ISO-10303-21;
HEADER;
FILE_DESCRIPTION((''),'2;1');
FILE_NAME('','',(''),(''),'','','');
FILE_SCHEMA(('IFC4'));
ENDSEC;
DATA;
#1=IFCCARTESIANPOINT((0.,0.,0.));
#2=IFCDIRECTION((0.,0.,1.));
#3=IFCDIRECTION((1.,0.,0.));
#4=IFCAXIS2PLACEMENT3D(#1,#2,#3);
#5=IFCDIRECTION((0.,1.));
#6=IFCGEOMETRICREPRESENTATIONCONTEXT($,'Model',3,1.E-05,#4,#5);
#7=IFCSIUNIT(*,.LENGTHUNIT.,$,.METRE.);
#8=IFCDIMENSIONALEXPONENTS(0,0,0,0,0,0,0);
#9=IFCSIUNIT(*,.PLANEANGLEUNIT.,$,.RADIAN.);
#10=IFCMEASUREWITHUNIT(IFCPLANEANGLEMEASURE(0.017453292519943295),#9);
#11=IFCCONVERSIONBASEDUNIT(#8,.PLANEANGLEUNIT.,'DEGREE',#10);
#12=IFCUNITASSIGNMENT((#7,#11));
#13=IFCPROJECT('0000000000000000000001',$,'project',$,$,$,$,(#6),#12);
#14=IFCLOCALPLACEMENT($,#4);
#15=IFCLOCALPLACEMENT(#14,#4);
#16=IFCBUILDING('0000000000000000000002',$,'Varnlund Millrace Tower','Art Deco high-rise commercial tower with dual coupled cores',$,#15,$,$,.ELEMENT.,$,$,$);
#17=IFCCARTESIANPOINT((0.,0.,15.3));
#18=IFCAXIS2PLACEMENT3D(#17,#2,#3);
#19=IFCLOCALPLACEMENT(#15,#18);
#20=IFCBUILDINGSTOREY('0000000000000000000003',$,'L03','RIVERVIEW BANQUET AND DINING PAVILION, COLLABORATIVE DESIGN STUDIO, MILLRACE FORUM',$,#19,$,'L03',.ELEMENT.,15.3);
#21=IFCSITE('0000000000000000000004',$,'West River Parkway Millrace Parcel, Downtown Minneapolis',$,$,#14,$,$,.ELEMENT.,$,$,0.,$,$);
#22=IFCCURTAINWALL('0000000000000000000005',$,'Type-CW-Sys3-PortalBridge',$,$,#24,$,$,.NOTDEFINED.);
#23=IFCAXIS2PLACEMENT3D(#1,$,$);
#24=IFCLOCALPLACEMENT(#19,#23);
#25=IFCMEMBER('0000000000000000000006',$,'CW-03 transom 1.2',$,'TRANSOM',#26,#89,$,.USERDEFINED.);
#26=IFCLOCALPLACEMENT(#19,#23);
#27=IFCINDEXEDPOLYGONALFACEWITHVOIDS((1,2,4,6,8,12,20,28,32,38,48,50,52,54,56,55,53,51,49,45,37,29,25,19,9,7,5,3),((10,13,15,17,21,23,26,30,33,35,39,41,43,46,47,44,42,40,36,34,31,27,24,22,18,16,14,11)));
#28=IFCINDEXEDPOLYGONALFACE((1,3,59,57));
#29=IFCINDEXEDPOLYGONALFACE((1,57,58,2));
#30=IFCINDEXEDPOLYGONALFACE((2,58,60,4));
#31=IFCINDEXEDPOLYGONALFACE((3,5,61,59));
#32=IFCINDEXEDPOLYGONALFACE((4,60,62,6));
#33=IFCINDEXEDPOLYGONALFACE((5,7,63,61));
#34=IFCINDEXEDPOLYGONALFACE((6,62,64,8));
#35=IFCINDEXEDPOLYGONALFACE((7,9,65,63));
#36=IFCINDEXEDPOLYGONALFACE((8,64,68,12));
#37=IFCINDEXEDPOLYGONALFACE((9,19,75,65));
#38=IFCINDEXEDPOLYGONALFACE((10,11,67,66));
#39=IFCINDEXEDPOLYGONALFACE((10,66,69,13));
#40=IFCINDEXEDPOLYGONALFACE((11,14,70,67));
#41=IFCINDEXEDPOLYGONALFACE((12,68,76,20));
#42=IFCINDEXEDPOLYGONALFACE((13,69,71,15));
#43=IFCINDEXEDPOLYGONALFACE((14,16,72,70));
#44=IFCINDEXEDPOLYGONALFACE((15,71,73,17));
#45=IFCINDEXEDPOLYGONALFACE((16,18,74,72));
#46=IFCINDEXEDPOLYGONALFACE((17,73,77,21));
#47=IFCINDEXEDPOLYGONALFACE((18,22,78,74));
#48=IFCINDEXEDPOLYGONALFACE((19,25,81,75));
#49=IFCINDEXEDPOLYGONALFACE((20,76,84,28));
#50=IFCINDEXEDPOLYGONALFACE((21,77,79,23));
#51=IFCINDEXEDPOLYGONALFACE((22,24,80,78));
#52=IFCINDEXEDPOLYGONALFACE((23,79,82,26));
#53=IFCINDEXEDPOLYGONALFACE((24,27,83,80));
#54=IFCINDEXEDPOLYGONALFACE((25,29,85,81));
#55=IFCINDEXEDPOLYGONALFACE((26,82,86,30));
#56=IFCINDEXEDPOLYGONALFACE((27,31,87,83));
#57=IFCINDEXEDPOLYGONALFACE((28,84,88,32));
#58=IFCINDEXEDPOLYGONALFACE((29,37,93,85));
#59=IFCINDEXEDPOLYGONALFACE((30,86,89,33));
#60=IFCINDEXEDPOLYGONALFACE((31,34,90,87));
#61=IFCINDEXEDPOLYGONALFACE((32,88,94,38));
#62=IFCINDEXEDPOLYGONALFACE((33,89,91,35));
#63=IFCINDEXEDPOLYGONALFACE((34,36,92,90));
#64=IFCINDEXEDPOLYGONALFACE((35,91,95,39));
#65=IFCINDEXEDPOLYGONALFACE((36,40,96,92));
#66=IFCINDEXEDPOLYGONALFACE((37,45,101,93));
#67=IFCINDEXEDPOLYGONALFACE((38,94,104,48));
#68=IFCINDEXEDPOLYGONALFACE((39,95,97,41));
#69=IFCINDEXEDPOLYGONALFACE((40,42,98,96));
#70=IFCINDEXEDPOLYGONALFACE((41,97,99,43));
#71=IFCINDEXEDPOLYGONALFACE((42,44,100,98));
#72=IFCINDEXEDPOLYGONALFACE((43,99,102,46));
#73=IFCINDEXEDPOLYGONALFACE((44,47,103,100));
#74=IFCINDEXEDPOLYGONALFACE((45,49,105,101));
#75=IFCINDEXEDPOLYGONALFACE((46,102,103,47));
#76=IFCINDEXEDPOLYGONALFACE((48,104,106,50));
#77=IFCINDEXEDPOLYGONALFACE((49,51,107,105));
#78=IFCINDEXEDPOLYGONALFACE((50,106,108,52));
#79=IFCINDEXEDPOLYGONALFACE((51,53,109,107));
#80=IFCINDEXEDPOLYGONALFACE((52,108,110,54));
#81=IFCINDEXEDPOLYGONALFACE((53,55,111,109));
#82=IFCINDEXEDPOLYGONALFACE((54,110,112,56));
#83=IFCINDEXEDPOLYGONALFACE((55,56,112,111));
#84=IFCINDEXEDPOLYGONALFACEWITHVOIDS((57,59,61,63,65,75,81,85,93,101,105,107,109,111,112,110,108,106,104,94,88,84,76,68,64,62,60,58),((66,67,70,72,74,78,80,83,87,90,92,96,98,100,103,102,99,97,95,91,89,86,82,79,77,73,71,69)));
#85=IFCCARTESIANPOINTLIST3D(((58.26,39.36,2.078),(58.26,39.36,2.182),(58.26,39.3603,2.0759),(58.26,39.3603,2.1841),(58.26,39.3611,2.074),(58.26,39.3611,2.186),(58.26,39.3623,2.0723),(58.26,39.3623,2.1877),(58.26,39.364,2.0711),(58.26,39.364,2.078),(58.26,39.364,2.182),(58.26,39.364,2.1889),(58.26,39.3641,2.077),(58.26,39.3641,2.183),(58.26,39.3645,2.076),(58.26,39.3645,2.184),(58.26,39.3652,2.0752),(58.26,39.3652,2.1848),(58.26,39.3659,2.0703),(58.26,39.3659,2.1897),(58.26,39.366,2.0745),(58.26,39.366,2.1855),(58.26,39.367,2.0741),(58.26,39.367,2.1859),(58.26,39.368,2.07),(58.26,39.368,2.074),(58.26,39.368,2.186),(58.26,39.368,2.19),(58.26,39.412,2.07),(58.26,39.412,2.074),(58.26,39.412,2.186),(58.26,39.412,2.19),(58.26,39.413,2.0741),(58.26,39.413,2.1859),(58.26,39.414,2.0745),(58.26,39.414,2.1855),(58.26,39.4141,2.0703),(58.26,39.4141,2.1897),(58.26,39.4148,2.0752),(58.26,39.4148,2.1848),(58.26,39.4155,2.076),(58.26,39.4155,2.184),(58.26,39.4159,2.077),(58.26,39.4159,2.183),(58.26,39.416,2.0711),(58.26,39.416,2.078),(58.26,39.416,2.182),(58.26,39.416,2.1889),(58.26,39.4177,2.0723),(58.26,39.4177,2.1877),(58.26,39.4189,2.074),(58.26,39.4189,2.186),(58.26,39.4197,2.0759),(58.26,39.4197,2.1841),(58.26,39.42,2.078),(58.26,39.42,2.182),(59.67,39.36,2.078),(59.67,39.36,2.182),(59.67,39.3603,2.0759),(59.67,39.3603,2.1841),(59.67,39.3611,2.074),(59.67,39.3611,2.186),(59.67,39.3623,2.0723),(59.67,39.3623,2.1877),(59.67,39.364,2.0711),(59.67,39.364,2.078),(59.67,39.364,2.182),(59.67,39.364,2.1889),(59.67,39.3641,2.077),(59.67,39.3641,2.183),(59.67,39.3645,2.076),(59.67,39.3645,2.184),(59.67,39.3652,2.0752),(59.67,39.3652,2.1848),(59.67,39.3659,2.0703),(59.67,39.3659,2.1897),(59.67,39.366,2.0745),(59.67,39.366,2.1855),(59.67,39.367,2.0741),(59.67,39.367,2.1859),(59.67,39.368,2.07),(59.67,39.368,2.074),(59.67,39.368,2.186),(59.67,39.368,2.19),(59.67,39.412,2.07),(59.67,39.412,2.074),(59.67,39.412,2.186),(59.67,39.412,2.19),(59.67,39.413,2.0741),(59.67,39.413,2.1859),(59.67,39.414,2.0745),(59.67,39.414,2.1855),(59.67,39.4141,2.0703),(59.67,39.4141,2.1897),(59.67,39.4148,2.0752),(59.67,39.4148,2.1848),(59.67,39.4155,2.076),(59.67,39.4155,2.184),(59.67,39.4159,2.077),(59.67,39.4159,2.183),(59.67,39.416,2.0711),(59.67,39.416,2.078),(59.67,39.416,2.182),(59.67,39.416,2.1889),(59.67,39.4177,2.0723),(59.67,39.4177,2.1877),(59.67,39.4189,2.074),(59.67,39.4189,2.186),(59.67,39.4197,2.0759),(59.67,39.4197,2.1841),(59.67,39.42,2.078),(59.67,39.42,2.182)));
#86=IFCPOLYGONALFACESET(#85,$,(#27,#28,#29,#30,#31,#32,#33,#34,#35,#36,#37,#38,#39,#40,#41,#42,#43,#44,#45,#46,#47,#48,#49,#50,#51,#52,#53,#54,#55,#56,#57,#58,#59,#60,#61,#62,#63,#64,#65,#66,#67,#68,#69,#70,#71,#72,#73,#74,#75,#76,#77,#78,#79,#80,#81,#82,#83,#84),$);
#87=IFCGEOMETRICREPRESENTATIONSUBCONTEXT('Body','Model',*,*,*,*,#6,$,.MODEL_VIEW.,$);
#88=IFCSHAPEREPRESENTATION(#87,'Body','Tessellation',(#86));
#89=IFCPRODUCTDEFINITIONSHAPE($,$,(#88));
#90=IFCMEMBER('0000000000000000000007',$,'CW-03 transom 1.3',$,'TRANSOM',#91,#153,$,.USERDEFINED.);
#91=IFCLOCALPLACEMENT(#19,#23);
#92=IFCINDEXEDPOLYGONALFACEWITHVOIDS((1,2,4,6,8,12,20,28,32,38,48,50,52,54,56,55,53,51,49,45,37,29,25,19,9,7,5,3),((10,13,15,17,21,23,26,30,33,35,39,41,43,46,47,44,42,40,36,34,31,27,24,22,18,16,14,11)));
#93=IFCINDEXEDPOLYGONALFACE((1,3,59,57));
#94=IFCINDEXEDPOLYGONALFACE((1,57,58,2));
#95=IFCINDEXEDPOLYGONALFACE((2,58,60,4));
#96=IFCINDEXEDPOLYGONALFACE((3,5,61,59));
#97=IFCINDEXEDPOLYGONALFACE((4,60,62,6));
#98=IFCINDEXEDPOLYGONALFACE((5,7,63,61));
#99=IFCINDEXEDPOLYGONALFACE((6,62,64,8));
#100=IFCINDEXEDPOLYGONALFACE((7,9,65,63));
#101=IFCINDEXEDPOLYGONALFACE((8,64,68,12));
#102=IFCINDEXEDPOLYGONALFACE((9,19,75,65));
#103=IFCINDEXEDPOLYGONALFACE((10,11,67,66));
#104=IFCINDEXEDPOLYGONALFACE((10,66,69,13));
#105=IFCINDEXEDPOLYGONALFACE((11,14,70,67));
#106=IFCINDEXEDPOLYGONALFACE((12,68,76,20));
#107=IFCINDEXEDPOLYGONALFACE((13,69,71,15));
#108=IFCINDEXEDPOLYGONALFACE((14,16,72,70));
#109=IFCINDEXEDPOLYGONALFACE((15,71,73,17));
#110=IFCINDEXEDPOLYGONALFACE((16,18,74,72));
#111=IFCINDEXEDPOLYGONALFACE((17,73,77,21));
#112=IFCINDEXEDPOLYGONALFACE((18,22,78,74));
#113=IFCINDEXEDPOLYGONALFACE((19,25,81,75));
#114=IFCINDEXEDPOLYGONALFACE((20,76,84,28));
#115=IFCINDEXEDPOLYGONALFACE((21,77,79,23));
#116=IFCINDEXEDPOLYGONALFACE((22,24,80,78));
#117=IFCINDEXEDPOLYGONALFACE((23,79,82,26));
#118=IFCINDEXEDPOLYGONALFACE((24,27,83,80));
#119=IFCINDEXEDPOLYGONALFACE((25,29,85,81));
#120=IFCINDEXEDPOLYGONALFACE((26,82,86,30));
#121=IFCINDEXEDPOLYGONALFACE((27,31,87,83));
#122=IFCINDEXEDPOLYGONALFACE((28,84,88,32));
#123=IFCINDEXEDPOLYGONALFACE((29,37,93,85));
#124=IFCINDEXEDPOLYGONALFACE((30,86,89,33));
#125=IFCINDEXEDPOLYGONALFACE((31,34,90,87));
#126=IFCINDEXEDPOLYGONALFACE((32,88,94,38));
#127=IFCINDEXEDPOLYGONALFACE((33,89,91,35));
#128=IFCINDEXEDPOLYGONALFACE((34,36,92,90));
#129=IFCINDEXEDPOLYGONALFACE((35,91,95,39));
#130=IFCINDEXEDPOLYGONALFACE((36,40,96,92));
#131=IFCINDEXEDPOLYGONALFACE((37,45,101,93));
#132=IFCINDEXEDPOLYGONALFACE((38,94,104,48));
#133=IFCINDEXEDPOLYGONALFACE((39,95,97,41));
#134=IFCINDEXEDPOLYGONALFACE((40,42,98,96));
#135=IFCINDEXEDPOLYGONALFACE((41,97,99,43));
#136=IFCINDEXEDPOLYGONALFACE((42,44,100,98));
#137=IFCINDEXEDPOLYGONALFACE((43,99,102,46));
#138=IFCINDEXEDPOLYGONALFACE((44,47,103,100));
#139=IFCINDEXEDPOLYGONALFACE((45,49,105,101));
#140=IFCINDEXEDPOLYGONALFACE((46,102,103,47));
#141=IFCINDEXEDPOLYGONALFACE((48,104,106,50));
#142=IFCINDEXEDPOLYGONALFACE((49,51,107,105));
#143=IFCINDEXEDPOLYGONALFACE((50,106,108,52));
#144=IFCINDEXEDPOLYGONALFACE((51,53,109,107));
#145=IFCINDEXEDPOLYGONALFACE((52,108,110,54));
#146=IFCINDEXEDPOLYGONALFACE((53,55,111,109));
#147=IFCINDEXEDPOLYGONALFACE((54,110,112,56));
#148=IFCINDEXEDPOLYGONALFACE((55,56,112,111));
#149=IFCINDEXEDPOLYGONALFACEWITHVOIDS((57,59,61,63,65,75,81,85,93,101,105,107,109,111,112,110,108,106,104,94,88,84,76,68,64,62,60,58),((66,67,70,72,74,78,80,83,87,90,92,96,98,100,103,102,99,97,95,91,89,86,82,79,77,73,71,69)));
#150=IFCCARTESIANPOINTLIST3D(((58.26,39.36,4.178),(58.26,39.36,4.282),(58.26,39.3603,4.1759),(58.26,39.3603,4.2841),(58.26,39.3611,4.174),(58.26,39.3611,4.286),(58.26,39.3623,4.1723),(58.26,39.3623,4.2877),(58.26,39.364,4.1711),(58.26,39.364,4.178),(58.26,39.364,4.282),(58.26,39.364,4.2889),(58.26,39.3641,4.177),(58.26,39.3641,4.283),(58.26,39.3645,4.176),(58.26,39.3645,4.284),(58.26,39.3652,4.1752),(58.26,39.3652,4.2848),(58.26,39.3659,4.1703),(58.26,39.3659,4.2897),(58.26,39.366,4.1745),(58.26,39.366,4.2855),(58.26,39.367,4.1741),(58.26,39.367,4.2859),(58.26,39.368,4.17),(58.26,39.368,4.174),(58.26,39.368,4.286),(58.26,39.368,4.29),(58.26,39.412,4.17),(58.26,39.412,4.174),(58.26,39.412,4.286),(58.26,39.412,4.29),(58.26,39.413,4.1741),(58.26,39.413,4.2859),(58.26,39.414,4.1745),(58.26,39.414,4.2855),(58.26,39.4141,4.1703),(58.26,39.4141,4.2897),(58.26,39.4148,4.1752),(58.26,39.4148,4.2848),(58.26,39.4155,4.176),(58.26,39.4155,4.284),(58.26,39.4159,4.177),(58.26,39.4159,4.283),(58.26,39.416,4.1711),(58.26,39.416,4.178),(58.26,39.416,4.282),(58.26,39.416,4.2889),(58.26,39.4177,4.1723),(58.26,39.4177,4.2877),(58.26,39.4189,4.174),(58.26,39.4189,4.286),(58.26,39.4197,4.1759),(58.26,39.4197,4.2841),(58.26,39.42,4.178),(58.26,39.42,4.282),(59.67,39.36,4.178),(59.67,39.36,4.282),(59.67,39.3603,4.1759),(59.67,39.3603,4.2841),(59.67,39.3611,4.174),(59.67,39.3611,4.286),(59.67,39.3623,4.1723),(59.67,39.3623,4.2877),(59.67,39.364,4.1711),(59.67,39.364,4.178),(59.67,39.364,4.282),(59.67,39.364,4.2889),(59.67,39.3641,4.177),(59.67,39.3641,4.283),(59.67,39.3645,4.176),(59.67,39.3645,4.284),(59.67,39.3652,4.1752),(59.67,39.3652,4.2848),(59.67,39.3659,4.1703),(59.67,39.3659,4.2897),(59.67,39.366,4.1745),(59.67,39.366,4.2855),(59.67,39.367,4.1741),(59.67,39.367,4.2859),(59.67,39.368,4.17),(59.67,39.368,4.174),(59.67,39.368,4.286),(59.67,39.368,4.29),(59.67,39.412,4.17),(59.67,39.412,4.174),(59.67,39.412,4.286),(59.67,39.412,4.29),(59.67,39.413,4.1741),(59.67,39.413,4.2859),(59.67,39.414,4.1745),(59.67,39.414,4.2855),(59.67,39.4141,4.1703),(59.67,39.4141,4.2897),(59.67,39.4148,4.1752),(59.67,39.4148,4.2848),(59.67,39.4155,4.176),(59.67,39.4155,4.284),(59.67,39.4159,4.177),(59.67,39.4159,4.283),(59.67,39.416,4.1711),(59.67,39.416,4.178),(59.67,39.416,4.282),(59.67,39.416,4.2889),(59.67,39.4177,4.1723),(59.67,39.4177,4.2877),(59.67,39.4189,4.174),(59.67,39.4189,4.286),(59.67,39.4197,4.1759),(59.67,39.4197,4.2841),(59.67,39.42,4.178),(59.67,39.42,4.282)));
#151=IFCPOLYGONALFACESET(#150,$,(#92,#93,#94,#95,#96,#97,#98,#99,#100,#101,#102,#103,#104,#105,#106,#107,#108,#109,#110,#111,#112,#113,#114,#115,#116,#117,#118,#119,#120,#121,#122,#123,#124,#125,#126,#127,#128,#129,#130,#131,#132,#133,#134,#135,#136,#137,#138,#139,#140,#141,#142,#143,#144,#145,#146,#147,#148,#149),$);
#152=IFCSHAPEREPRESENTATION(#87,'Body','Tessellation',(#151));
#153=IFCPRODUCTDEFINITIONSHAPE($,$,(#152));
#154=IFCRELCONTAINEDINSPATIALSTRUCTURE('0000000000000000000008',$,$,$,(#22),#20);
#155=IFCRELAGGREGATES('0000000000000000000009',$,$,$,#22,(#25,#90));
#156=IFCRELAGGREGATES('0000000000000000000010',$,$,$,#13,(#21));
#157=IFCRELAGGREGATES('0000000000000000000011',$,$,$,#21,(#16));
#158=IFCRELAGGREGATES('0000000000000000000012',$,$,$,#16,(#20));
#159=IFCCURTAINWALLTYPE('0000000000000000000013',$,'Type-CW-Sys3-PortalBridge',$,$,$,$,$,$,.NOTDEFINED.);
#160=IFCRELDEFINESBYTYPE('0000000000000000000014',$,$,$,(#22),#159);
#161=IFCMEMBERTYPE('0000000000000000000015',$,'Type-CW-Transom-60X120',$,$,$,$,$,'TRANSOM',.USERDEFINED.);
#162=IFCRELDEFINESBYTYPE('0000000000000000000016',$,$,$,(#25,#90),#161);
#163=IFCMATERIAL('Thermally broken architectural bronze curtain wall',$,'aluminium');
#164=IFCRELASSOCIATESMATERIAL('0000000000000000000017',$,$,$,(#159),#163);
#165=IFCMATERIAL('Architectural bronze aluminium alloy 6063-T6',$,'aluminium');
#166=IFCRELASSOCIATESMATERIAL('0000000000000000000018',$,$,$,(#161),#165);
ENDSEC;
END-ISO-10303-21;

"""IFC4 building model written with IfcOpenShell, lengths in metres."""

from ifc_helpers import new_model, entity, si_unit, converted_unit, direction, frame, origin_with_axes, origin_2d_with_axis, place, context, subcontext, project, spatial, hollow_rectangle, extrude, material, material_profile, profile_set, type_object, element, aggregate, save


model = new_model("IFC4")

# Units and contexts
model_context = context("Model", 3, precision=1e-05, world=origin_with_axes(), true_north=direction((0.0, 1.0)))
body_context = subcontext(model_context, "Body", "Model", "MODEL_VIEW")
ifc_project = project(units=[si_unit("LENGTHUNIT", "METRE"), converted_unit("PLANEANGLEUNIT", "DEGREE", entity("IfcPlaneAngleMeasure", 0.017453292519943295), si_unit("PLANEANGLEUNIT", "RADIAN"), dimensions=[0, 0, 0, 0, 0, 0, 0])], contexts=[model_context])

# Site, building, storey
site_placement = place(None, origin_with_axes())
site = spatial("IfcSite", under=ifc_project, at=site_placement, Name="West River Parkway Millrace Parcel, Downtown Minneapolis", CompositionType="ELEMENT", RefElevation=0.0)
building_placement = place(site_placement, origin_with_axes())
building = spatial("IfcBuilding", under=site, at=building_placement, Name="Varnlund Millrace Tower", Description="Art Deco high-rise commercial tower with dual coupled cores", CompositionType="ELEMENT")
storey_placement = place(building_placement, frame((0.0, 0.0, 15.3), z_axis=(0.0, 0.0, 1.0), x_axis=(1.0, 0.0, 0.0)))
storey = spatial("IfcBuildingStorey", under=building, at=storey_placement, Name="L03", Description="RIVERVIEW BANQUET AND DINING PAVILION, COLLABORATIVE DESIGN STUDIO, MILLRACE FORUM", LongName="L03", CompositionType="ELEMENT", Elevation=15.3)

# Curtain wall, members
ifc_material_1 = material(Name="Thermally broken architectural bronze curtain wall", Category="aluminium")
curtain_wall_type = type_object("IfcCurtainWallType", Name="Type-CW-Sys3-PortalBridge", PredefinedType="NOTDEFINED", material=ifc_material_1)
curtain_wall_placement = place(storey_placement, frame((58.2, 39.39, 0.0), z_axis=(0.0, 0.0, 1.0), x_axis=(1.0, 0.0, 0.0)))
curtain_wall = element("IfcCurtainWall", 1, at=curtain_wall_placement, inside=storey, type_object=curtain_wall_type, Name="Type-CW-Sys3-PortalBridge", PredefinedType="NOTDEFINED")
ifc_material_2 = material(Name="Architectural bronze aluminium alloy 6063-T6", Category="aluminium")
ifc_material_profile_1 = material_profile(ifc_material_2, hollow_rectangle(XDim=0.06, YDim=0.12, WallThickness=0.004, InnerFilletRadius=0.004, OuterFilletRadius=0.008, at=origin_2d_with_axis()), Name="Architectural bronze aluminium alloy 6063-T6")
ifc_profile_set_1 = profile_set([ifc_material_profile_1], Name="Architectural bronze aluminium alloy 6063-T6")
member_type_1 = type_object("IfcMemberType", Name="Type-CW-Transom-60X120", ElementType="TRANSOM", PredefinedType="USERDEFINED", material=ifc_profile_set_1)
member_1_placement = place(storey_placement, frame((58.26, 39.39, 2.13), z_axis=(1.0, 0.0, 0.0), x_axis=(0.0, 1.0, 0.0)))
member_1 = element("IfcMember", 2, at=member_1_placement, type_object=member_type_1, Name="CW-03 transom 1.2", ObjectType="TRANSOM", PredefinedType="USERDEFINED", context=body_context, shape_type="SweptSolid", body=[
    extrude(hollow_rectangle(XDim=0.06, YDim=0.12, WallThickness=0.004, InnerFilletRadius=0.004, OuterFilletRadius=0.008, at=origin_2d_with_axis()), origin_with_axes(), (0.0, 0.0, 1.0), 1.41),
])
member_2_placement = place(storey_placement, frame((58.26, 39.39, 4.23), z_axis=(1.0, 0.0, 0.0), x_axis=(0.0, 1.0, 0.0)))
member_2 = element("IfcMember", 3, at=member_2_placement, type_object=member_type_1, Name="CW-03 transom 1.3", ObjectType="TRANSOM", PredefinedType="USERDEFINED", context=body_context, shape_type="SweptSolid", body=[
    extrude(hollow_rectangle(XDim=0.06, YDim=0.12, WallThickness=0.004, InnerFilletRadius=0.004, OuterFilletRadius=0.008, at=origin_2d_with_axis()), origin_with_axes(), (0.0, 0.0, 1.0), 1.41),
])

aggregate(curtain_wall, [member_1, member_2])

save(model, "model.ifc")
